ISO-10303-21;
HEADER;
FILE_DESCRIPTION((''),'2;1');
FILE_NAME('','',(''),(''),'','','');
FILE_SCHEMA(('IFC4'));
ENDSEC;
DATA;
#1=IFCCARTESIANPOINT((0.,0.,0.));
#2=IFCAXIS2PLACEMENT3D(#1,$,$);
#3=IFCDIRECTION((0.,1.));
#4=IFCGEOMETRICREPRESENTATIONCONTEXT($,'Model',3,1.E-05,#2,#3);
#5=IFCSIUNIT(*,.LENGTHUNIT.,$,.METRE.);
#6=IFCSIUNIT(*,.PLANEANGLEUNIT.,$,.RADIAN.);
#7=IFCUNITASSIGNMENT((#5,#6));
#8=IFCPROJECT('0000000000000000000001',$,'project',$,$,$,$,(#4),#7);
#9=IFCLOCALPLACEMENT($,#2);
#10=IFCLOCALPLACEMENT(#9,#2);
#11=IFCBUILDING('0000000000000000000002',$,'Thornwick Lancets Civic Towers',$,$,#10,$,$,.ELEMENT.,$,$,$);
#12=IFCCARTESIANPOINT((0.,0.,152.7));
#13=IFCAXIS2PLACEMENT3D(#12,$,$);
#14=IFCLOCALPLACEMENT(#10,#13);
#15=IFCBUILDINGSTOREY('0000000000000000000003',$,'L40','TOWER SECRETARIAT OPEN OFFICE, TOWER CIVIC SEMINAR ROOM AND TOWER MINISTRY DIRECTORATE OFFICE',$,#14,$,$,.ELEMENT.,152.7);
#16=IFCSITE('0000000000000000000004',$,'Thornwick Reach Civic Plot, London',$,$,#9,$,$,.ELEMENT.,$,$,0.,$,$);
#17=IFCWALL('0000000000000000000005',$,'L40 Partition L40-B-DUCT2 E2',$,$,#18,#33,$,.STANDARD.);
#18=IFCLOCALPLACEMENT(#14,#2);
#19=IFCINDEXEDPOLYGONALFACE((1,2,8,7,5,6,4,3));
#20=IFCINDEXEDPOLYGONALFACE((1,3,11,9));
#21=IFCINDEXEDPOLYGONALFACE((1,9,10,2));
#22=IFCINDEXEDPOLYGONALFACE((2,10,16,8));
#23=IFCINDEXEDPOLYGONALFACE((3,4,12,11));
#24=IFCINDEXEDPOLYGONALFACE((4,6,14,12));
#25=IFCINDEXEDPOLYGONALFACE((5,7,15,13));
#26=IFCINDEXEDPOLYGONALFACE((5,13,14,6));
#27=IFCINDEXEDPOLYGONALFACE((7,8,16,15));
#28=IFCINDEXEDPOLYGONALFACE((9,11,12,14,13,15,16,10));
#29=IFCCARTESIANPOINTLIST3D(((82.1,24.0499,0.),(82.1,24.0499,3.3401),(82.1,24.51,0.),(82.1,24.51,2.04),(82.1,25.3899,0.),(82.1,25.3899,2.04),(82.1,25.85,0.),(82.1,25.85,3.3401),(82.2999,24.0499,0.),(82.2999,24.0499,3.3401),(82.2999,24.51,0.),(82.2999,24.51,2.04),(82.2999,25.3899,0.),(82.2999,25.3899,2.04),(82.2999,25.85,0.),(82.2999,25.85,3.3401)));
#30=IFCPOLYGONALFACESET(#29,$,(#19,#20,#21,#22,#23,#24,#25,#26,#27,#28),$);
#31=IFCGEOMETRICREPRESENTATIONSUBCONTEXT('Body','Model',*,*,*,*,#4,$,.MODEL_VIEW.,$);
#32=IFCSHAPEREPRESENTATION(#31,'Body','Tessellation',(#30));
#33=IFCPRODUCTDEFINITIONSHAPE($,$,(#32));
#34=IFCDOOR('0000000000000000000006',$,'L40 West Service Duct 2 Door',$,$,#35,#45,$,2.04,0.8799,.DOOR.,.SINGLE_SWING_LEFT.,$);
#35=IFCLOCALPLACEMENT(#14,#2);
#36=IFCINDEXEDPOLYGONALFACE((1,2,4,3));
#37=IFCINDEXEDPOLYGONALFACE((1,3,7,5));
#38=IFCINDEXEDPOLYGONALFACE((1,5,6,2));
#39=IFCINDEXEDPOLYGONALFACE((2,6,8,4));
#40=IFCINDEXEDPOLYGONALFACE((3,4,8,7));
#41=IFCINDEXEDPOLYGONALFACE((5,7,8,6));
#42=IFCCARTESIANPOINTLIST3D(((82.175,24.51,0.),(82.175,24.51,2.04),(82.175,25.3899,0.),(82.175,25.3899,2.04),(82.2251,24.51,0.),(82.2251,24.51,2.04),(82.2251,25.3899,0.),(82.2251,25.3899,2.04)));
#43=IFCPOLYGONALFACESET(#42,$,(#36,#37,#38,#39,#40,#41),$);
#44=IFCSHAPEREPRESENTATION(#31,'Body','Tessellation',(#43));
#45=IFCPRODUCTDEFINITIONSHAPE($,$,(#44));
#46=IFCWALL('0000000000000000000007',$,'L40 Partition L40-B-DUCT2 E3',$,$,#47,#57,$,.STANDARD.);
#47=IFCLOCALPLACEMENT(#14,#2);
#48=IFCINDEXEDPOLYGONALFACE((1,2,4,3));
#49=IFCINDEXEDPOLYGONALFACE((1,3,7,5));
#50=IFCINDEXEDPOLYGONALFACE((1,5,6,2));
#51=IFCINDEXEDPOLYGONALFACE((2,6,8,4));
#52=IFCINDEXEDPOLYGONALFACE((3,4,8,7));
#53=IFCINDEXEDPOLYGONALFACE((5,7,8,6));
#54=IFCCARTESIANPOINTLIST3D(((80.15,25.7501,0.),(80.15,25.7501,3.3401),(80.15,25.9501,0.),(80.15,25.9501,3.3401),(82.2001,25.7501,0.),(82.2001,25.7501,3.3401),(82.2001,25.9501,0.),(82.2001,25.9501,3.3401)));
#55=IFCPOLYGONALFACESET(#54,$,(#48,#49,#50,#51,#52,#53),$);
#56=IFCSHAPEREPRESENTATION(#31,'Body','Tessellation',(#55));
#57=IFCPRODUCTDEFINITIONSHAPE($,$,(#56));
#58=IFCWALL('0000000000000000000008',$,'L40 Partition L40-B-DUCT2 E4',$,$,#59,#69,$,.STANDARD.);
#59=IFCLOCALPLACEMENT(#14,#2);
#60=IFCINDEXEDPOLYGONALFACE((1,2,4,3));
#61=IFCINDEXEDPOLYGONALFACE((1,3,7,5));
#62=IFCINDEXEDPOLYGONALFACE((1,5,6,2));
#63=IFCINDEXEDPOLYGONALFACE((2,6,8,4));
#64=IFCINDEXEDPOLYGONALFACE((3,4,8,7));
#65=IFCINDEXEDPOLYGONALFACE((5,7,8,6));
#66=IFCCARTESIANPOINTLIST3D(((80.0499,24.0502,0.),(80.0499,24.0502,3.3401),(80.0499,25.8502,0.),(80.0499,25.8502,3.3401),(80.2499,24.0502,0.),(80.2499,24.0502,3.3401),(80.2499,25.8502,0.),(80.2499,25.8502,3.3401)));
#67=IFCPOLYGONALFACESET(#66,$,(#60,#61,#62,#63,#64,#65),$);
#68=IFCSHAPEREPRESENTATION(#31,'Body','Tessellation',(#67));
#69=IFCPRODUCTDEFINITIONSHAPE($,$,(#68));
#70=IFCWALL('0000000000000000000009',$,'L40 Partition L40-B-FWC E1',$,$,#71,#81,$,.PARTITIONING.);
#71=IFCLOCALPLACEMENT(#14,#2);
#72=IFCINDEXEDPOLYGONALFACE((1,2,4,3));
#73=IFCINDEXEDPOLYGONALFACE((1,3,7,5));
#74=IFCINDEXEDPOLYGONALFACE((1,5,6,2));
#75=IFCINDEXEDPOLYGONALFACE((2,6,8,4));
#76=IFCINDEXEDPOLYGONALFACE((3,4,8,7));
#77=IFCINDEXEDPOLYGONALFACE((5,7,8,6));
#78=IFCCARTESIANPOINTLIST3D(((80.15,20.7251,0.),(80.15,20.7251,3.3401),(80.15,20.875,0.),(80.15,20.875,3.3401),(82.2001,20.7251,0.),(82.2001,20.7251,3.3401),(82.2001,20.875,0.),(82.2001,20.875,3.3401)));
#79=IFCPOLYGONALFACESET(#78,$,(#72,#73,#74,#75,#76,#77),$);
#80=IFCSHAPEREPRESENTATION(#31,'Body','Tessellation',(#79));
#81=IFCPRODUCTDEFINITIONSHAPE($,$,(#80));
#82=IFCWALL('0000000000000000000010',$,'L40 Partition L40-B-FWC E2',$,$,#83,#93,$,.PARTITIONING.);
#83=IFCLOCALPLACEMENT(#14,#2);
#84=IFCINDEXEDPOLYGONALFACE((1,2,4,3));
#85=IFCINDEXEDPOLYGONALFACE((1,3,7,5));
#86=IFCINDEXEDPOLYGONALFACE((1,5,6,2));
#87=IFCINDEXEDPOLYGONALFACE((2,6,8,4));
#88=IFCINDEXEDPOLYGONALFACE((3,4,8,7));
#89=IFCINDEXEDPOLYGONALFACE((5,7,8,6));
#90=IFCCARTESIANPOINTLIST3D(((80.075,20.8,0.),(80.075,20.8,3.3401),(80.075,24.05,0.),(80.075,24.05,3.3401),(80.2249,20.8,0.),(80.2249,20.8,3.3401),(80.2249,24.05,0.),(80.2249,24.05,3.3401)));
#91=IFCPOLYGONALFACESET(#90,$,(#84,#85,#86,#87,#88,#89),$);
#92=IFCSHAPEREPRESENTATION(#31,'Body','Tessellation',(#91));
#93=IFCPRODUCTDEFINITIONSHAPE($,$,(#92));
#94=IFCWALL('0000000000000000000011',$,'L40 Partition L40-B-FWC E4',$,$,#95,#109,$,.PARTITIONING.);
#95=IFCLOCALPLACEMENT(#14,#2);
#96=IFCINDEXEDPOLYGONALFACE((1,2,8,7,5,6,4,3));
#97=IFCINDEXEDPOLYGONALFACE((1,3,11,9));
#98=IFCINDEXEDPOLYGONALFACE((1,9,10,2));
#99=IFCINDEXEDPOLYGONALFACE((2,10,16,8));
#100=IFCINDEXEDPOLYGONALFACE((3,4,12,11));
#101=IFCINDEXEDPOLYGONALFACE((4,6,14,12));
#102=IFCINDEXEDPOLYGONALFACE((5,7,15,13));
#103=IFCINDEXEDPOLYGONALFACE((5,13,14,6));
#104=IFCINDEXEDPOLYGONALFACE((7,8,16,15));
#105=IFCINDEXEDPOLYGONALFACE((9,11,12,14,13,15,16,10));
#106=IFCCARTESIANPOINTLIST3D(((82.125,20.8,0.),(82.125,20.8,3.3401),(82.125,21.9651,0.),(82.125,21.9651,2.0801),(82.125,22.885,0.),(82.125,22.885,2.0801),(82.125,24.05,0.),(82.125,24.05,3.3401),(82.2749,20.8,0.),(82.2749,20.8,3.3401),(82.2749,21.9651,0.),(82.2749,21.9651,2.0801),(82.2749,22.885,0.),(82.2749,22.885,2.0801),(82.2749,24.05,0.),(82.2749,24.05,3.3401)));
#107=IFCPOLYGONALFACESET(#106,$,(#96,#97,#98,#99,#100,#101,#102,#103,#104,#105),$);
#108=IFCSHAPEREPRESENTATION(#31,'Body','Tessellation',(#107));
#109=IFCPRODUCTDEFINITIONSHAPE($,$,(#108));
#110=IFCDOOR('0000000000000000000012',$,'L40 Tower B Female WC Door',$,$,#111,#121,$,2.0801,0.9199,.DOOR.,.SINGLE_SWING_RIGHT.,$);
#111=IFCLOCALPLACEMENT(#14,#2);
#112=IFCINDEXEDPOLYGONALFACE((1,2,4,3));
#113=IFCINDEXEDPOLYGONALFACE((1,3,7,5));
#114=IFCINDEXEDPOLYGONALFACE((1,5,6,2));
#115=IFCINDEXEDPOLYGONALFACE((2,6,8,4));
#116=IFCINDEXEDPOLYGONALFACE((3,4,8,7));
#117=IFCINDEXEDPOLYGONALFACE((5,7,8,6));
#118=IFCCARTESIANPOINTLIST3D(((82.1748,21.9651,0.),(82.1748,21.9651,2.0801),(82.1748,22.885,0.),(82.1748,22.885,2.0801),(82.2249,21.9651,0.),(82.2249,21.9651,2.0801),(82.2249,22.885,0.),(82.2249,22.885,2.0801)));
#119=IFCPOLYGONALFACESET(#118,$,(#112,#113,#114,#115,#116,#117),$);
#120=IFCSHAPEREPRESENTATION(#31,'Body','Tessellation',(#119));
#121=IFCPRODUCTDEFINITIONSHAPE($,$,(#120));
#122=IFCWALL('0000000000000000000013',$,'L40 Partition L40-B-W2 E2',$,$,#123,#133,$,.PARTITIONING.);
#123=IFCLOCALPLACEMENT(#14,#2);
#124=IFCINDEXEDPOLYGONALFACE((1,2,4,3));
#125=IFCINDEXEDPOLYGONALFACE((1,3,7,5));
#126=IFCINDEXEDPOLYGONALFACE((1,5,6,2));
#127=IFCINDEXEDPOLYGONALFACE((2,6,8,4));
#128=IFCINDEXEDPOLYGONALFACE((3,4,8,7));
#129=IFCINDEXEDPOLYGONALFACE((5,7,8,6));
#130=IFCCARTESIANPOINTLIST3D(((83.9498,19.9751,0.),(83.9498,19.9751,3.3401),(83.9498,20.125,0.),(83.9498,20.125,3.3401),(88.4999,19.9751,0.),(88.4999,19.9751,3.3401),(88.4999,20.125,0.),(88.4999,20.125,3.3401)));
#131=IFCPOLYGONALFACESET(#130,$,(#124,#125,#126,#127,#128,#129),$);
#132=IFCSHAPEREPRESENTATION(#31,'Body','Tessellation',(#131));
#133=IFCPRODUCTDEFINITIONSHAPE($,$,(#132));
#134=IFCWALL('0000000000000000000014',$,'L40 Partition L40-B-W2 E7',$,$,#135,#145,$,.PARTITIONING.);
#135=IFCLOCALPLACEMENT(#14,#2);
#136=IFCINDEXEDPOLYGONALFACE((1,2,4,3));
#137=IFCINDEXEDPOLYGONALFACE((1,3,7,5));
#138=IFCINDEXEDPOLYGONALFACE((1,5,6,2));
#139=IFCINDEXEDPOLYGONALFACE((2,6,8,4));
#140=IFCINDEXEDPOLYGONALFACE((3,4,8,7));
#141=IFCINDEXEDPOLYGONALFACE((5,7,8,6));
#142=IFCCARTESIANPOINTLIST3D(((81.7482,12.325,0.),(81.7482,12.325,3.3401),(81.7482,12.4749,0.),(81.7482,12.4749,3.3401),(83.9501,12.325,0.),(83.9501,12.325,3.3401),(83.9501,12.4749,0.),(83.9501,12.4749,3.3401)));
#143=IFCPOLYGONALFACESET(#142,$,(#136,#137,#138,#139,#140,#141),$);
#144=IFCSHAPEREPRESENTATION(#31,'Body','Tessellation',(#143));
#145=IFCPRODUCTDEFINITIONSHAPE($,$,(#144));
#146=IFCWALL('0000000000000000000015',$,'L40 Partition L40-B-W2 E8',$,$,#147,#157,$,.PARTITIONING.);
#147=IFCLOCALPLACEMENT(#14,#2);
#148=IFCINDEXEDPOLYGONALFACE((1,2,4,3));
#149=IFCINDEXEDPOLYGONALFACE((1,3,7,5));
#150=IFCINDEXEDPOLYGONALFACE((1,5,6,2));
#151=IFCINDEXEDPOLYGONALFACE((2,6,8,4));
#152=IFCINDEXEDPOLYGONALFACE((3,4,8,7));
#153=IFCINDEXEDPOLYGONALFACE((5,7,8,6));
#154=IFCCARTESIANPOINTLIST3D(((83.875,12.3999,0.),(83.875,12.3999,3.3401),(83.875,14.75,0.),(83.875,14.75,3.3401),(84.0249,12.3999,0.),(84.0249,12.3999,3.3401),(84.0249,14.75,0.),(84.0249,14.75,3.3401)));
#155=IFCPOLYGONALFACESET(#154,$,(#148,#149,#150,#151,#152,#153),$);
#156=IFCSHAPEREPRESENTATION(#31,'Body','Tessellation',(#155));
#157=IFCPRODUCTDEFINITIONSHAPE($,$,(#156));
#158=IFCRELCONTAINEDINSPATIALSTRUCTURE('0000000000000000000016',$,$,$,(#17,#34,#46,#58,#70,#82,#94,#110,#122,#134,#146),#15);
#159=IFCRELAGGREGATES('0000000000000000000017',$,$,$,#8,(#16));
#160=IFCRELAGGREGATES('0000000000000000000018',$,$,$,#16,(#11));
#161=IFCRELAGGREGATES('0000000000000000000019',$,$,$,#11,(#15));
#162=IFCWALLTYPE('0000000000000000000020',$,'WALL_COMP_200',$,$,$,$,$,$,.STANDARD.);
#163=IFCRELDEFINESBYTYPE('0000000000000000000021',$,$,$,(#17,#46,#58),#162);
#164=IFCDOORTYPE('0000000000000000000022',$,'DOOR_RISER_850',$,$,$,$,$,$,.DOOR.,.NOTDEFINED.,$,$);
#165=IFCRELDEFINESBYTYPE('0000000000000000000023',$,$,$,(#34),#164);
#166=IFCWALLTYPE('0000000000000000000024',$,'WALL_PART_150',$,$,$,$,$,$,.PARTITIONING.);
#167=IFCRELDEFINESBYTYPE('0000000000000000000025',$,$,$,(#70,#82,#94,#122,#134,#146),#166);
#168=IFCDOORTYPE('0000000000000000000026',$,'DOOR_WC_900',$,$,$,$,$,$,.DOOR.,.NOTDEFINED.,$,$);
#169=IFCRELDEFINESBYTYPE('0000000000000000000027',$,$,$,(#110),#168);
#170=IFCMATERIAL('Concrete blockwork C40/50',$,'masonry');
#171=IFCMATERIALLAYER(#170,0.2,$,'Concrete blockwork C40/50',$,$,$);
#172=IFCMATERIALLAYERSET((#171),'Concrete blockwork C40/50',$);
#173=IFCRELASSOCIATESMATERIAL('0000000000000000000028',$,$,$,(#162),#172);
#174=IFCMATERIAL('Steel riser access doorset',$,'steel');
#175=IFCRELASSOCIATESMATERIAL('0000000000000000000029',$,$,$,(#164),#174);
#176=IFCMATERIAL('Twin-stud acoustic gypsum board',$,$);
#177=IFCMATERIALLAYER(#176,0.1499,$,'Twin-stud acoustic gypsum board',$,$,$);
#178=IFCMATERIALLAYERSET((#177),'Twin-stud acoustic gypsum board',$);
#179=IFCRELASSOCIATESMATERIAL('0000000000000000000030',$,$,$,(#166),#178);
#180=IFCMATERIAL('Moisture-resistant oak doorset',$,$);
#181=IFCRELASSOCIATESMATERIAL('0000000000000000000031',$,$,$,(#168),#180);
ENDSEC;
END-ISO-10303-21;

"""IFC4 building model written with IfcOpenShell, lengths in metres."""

from ifc_helpers import new_model, si_unit, direction, frame, frame_2d, origin, place, context, subcontext, project, spatial, rectangle, extrude, material, layer, layer_set, type_object, element, fill, save


model = new_model("IFC4")

# Units and contexts
model_context = context("Model", 3, precision=1e-05, world=origin(), true_north=direction((0.0, 1.0)))
body_context = subcontext(model_context, "Body", "Model", "MODEL_VIEW")
ifc_project = project(units=[si_unit("LENGTHUNIT", "METRE"), si_unit("PLANEANGLEUNIT", "RADIAN")], contexts=[model_context])

# Site, building, storey
site_placement = place(None, origin())
site = spatial("IfcSite", under=ifc_project, at=site_placement, Name="Thornwick Reach Civic Plot, London", CompositionType="ELEMENT", RefElevation=0.0)
building_placement = place(site_placement, origin())
building = spatial("IfcBuilding", under=site, at=building_placement, Name="Thornwick Lancets Civic Towers", CompositionType="ELEMENT")
storey_placement = place(building_placement, frame((0.0, 0.0, 152.7)))
storey = spatial("IfcBuildingStorey", under=building, at=storey_placement, Name="L40", Description="TOWER SECRETARIAT OPEN OFFICE, TOWER CIVIC SEMINAR ROOM AND TOWER MINISTRY DIRECTORATE OFFICE", CompositionType="ELEMENT", Elevation=152.7)

# Shared definitions
ifc_material_1 = material(Name="Concrete blockwork C40/50", Category="masonry")
ifc_layer_1 = layer(ifc_material_1, 0.2, Name="Concrete blockwork C40/50")
ifc_layer_set_1 = layer_set([ifc_layer_1], Name="Concrete blockwork C40/50")
wall_type_1 = type_object("IfcWallType", Name="WALL_COMP_200", PredefinedType="STANDARD", material=ifc_layer_set_1)

# Wall, opening, door
wall_1_placement = place(storey_placement, frame((82.2, 24.05, 0.0), z_axis=(0.0, 0.0, 1.0), x_axis=(0.0, 1.0, 0.0)))
wall_1 = element("IfcWall", 1, at=wall_1_placement, inside=storey, type_object=wall_type_1, Name="L40 Partition L40-B-DUCT2 E2", PredefinedType="STANDARD", context=body_context, shape_type="SweptSolid", body=[
    extrude(rectangle(XDim=1.8, YDim=0.2, at=frame_2d((0.8999, 0.0))), origin(), (0.0, 0.0, 1.0), 3.3401),
])
opening_1_placement = place(wall_1_placement, frame((0.46, 0.0, 0.0)))
opening_1 = element("IfcOpeningElement", 2, at=opening_1_placement, cuts=wall_1, PredefinedType="OPENING", context=body_context, shape_type="SweptSolid", body=[
    extrude(rectangle(XDim=0.8799, YDim=2.04, at=frame_2d((0.4399, 1.02))), frame((0.0, 0.1099, 0.0), z_axis=(0.0, -1.0, 0.0), x_axis=(1.0, 0.0, 0.0)), (0.0, 0.0, 1.0), 0.22),
])
ifc_material_2 = material(Name="Steel riser access doorset", Category="steel")
door_type_1 = type_object("IfcDoorType", Name="DOOR_RISER_850", OperationType="NOTDEFINED", PredefinedType="DOOR", material=ifc_material_2)
door_1_placement = place(opening_1_placement, origin())
door_1 = element("IfcDoor", 3, at=door_1_placement, inside=storey, type_object=door_type_1, Name="L40 West Service Duct 2 Door", OperationType="SINGLE_SWING_LEFT", OverallHeight=2.04, OverallWidth=0.8799, PredefinedType="DOOR", context=body_context, shape_type="SweptSolid", body=[
    extrude(rectangle(XDim=0.8799, YDim=2.04, at=frame_2d((0.4399, 1.02))), frame((0.0, 0.0249, 0.0), z_axis=(0.0, -1.0, 0.0), x_axis=(1.0, 0.0, 0.0)), (0.0, 0.0, 1.0), 0.05),
])
fill(opening_1, door_1)

# Walls
wall_2_placement = place(storey_placement, frame((82.2, 25.8501, 0.0), z_axis=(0.0, 0.0, 1.0), x_axis=(-1.0, 0.0, 0.0)))
element("IfcWall", 4, at=wall_2_placement, inside=storey, type_object=wall_type_1, Name="L40 Partition L40-B-DUCT2 E3", PredefinedType="STANDARD", context=body_context, shape_type="SweptSolid", body=[
    extrude(rectangle(XDim=2.05, YDim=0.2, at=frame_2d((1.0249, 0.0))), origin(), (0.0, 0.0, 1.0), 3.3401),
])
wall_3_placement = place(storey_placement, frame((80.1499, 25.8501, 0.0), z_axis=(0.0, 0.0, 1.0), x_axis=(0.0, -1.0, 0.0)))
element("IfcWall", 5, at=wall_3_placement, inside=storey, type_object=wall_type_1, Name="L40 Partition L40-B-DUCT2 E4", PredefinedType="STANDARD", context=body_context, shape_type="SweptSolid", body=[
    extrude(rectangle(XDim=1.8, YDim=0.2, at=frame_2d((0.8999, 0.0))), origin(), (0.0, 0.0, 1.0), 3.3401),
])
ifc_material_3 = material(Name="Twin-stud acoustic gypsum board")
ifc_layer_2 = layer(ifc_material_3, 0.1499, Name="Twin-stud acoustic gypsum board")
ifc_layer_set_2 = layer_set([ifc_layer_2], Name="Twin-stud acoustic gypsum board")
wall_type_2 = type_object("IfcWallType", Name="WALL_PART_150", PredefinedType="PARTITIONING", material=ifc_layer_set_2)
wall_4_placement = place(storey_placement, frame((82.2, 20.8, 0.0), z_axis=(0.0, 0.0, 1.0), x_axis=(-1.0, 0.0, 0.0)))
element("IfcWall", 6, at=wall_4_placement, inside=storey, type_object=wall_type_2, Name="L40 Partition L40-B-FWC E1", PredefinedType="PARTITIONING", context=body_context, shape_type="SweptSolid", body=[
    extrude(rectangle(XDim=2.05, YDim=0.1499, at=frame_2d((1.0249, 0.0))), origin(), (0.0, 0.0, 1.0), 3.3401),
])
wall_5_placement = place(storey_placement, frame((80.1499, 20.8, 0.0), z_axis=(0.0, 0.0, 1.0), x_axis=(0.0, 1.0, 0.0)))
element("IfcWall", 7, at=wall_5_placement, inside=storey, type_object=wall_type_2, Name="L40 Partition L40-B-FWC E2", PredefinedType="PARTITIONING", context=body_context, shape_type="SweptSolid", body=[
    extrude(rectangle(XDim=3.25, YDim=0.1499, at=frame_2d((1.625, 0.0))), origin(), (0.0, 0.0, 1.0), 3.3401),
])

# Wall, opening, door
wall_6_placement = place(storey_placement, frame((82.2, 24.05, 0.0), z_axis=(0.0, 0.0, 1.0), x_axis=(0.0, -1.0, 0.0)))
wall_6 = element("IfcWall", 8, at=wall_6_placement, inside=storey, type_object=wall_type_2, Name="L40 Partition L40-B-FWC E4", PredefinedType="PARTITIONING", context=body_context, shape_type="SweptSolid", body=[
    extrude(rectangle(XDim=3.25, YDim=0.1499, at=frame_2d((1.625, 0.0))), origin(), (0.0, 0.0, 1.0), 3.3401),
])
opening_2_placement = place(wall_6_placement, frame((1.165, 0.0, 0.0)))
opening_2 = element("IfcOpeningElement", 9, at=opening_2_placement, cuts=wall_6, PredefinedType="OPENING", context=body_context, shape_type="SweptSolid", body=[
    extrude(rectangle(XDim=0.9199, YDim=2.0801, at=frame_2d((0.46, 1.04))), frame((0.0, 0.085, 0.0), z_axis=(0.0, -1.0, 0.0), x_axis=(1.0, 0.0, 0.0)), (0.0, 0.0, 1.0), 0.1699),
])
ifc_material_4 = material(Name="Moisture-resistant oak doorset")
door_type_2 = type_object("IfcDoorType", Name="DOOR_WC_900", OperationType="NOTDEFINED", PredefinedType="DOOR", material=ifc_material_4)
door_2_placement = place(opening_2_placement, origin())
door_2 = element("IfcDoor", 10, at=door_2_placement, inside=storey, type_object=door_type_2, Name="L40 Tower B Female WC Door", OperationType="SINGLE_SWING_RIGHT", OverallHeight=2.0801, OverallWidth=0.9199, PredefinedType="DOOR", context=body_context, shape_type="SweptSolid", body=[
    extrude(rectangle(XDim=0.9199, YDim=2.0801, at=frame_2d((0.46, 1.04))), frame((0.0, 0.0249, 0.0), z_axis=(0.0, -1.0, 0.0), x_axis=(1.0, 0.0, 0.0)), (0.0, 0.0, 1.0), 0.05),
])
fill(opening_2, door_2)

# Walls
wall_7_placement = place(storey_placement, frame((83.95, 20.05, 0.0), z_axis=(0.0, 0.0, 1.0), x_axis=(1.0, 0.0, 0.0)))
element("IfcWall", 11, at=wall_7_placement, inside=storey, type_object=wall_type_2, Name="L40 Partition L40-B-W2 E2", PredefinedType="PARTITIONING", context=body_context, shape_type="SweptSolid", body=[
    extrude(rectangle(XDim=4.55, YDim=0.1499, at=frame_2d((2.2749, 0.0))), origin(), (0.0, 0.0, 1.0), 3.3401),
])
wall_8_placement = place(storey_placement, frame((81.748, 12.3999, 0.0), z_axis=(0.0, 0.0, 1.0), x_axis=(1.0, 0.0, 0.0)))
element("IfcWall", 12, at=wall_8_placement, inside=storey, type_object=wall_type_2, Name="L40 Partition L40-B-W2 E7", PredefinedType="PARTITIONING", context=body_context, shape_type="SweptSolid", body=[
    extrude(rectangle(XDim=2.2019, YDim=0.1499, at=frame_2d((1.1011, 0.0))), origin(), (0.0, 0.0, 1.0), 3.3401),
])
wall_9_placement = place(storey_placement, frame((83.95, 12.3999, 0.0), z_axis=(0.0, 0.0, 1.0), x_axis=(0.0, 1.0, 0.0)))
element("IfcWall", 13, at=wall_9_placement, inside=storey, type_object=wall_type_2, Name="L40 Partition L40-B-W2 E8", PredefinedType="PARTITIONING", context=body_context, shape_type="SweptSolid", body=[
    extrude(rectangle(XDim=2.3501, YDim=0.1499, at=frame_2d((1.175, 0.0))), origin(), (0.0, 0.0, 1.0), 3.3401),
])

save(model, "model.ifc")
